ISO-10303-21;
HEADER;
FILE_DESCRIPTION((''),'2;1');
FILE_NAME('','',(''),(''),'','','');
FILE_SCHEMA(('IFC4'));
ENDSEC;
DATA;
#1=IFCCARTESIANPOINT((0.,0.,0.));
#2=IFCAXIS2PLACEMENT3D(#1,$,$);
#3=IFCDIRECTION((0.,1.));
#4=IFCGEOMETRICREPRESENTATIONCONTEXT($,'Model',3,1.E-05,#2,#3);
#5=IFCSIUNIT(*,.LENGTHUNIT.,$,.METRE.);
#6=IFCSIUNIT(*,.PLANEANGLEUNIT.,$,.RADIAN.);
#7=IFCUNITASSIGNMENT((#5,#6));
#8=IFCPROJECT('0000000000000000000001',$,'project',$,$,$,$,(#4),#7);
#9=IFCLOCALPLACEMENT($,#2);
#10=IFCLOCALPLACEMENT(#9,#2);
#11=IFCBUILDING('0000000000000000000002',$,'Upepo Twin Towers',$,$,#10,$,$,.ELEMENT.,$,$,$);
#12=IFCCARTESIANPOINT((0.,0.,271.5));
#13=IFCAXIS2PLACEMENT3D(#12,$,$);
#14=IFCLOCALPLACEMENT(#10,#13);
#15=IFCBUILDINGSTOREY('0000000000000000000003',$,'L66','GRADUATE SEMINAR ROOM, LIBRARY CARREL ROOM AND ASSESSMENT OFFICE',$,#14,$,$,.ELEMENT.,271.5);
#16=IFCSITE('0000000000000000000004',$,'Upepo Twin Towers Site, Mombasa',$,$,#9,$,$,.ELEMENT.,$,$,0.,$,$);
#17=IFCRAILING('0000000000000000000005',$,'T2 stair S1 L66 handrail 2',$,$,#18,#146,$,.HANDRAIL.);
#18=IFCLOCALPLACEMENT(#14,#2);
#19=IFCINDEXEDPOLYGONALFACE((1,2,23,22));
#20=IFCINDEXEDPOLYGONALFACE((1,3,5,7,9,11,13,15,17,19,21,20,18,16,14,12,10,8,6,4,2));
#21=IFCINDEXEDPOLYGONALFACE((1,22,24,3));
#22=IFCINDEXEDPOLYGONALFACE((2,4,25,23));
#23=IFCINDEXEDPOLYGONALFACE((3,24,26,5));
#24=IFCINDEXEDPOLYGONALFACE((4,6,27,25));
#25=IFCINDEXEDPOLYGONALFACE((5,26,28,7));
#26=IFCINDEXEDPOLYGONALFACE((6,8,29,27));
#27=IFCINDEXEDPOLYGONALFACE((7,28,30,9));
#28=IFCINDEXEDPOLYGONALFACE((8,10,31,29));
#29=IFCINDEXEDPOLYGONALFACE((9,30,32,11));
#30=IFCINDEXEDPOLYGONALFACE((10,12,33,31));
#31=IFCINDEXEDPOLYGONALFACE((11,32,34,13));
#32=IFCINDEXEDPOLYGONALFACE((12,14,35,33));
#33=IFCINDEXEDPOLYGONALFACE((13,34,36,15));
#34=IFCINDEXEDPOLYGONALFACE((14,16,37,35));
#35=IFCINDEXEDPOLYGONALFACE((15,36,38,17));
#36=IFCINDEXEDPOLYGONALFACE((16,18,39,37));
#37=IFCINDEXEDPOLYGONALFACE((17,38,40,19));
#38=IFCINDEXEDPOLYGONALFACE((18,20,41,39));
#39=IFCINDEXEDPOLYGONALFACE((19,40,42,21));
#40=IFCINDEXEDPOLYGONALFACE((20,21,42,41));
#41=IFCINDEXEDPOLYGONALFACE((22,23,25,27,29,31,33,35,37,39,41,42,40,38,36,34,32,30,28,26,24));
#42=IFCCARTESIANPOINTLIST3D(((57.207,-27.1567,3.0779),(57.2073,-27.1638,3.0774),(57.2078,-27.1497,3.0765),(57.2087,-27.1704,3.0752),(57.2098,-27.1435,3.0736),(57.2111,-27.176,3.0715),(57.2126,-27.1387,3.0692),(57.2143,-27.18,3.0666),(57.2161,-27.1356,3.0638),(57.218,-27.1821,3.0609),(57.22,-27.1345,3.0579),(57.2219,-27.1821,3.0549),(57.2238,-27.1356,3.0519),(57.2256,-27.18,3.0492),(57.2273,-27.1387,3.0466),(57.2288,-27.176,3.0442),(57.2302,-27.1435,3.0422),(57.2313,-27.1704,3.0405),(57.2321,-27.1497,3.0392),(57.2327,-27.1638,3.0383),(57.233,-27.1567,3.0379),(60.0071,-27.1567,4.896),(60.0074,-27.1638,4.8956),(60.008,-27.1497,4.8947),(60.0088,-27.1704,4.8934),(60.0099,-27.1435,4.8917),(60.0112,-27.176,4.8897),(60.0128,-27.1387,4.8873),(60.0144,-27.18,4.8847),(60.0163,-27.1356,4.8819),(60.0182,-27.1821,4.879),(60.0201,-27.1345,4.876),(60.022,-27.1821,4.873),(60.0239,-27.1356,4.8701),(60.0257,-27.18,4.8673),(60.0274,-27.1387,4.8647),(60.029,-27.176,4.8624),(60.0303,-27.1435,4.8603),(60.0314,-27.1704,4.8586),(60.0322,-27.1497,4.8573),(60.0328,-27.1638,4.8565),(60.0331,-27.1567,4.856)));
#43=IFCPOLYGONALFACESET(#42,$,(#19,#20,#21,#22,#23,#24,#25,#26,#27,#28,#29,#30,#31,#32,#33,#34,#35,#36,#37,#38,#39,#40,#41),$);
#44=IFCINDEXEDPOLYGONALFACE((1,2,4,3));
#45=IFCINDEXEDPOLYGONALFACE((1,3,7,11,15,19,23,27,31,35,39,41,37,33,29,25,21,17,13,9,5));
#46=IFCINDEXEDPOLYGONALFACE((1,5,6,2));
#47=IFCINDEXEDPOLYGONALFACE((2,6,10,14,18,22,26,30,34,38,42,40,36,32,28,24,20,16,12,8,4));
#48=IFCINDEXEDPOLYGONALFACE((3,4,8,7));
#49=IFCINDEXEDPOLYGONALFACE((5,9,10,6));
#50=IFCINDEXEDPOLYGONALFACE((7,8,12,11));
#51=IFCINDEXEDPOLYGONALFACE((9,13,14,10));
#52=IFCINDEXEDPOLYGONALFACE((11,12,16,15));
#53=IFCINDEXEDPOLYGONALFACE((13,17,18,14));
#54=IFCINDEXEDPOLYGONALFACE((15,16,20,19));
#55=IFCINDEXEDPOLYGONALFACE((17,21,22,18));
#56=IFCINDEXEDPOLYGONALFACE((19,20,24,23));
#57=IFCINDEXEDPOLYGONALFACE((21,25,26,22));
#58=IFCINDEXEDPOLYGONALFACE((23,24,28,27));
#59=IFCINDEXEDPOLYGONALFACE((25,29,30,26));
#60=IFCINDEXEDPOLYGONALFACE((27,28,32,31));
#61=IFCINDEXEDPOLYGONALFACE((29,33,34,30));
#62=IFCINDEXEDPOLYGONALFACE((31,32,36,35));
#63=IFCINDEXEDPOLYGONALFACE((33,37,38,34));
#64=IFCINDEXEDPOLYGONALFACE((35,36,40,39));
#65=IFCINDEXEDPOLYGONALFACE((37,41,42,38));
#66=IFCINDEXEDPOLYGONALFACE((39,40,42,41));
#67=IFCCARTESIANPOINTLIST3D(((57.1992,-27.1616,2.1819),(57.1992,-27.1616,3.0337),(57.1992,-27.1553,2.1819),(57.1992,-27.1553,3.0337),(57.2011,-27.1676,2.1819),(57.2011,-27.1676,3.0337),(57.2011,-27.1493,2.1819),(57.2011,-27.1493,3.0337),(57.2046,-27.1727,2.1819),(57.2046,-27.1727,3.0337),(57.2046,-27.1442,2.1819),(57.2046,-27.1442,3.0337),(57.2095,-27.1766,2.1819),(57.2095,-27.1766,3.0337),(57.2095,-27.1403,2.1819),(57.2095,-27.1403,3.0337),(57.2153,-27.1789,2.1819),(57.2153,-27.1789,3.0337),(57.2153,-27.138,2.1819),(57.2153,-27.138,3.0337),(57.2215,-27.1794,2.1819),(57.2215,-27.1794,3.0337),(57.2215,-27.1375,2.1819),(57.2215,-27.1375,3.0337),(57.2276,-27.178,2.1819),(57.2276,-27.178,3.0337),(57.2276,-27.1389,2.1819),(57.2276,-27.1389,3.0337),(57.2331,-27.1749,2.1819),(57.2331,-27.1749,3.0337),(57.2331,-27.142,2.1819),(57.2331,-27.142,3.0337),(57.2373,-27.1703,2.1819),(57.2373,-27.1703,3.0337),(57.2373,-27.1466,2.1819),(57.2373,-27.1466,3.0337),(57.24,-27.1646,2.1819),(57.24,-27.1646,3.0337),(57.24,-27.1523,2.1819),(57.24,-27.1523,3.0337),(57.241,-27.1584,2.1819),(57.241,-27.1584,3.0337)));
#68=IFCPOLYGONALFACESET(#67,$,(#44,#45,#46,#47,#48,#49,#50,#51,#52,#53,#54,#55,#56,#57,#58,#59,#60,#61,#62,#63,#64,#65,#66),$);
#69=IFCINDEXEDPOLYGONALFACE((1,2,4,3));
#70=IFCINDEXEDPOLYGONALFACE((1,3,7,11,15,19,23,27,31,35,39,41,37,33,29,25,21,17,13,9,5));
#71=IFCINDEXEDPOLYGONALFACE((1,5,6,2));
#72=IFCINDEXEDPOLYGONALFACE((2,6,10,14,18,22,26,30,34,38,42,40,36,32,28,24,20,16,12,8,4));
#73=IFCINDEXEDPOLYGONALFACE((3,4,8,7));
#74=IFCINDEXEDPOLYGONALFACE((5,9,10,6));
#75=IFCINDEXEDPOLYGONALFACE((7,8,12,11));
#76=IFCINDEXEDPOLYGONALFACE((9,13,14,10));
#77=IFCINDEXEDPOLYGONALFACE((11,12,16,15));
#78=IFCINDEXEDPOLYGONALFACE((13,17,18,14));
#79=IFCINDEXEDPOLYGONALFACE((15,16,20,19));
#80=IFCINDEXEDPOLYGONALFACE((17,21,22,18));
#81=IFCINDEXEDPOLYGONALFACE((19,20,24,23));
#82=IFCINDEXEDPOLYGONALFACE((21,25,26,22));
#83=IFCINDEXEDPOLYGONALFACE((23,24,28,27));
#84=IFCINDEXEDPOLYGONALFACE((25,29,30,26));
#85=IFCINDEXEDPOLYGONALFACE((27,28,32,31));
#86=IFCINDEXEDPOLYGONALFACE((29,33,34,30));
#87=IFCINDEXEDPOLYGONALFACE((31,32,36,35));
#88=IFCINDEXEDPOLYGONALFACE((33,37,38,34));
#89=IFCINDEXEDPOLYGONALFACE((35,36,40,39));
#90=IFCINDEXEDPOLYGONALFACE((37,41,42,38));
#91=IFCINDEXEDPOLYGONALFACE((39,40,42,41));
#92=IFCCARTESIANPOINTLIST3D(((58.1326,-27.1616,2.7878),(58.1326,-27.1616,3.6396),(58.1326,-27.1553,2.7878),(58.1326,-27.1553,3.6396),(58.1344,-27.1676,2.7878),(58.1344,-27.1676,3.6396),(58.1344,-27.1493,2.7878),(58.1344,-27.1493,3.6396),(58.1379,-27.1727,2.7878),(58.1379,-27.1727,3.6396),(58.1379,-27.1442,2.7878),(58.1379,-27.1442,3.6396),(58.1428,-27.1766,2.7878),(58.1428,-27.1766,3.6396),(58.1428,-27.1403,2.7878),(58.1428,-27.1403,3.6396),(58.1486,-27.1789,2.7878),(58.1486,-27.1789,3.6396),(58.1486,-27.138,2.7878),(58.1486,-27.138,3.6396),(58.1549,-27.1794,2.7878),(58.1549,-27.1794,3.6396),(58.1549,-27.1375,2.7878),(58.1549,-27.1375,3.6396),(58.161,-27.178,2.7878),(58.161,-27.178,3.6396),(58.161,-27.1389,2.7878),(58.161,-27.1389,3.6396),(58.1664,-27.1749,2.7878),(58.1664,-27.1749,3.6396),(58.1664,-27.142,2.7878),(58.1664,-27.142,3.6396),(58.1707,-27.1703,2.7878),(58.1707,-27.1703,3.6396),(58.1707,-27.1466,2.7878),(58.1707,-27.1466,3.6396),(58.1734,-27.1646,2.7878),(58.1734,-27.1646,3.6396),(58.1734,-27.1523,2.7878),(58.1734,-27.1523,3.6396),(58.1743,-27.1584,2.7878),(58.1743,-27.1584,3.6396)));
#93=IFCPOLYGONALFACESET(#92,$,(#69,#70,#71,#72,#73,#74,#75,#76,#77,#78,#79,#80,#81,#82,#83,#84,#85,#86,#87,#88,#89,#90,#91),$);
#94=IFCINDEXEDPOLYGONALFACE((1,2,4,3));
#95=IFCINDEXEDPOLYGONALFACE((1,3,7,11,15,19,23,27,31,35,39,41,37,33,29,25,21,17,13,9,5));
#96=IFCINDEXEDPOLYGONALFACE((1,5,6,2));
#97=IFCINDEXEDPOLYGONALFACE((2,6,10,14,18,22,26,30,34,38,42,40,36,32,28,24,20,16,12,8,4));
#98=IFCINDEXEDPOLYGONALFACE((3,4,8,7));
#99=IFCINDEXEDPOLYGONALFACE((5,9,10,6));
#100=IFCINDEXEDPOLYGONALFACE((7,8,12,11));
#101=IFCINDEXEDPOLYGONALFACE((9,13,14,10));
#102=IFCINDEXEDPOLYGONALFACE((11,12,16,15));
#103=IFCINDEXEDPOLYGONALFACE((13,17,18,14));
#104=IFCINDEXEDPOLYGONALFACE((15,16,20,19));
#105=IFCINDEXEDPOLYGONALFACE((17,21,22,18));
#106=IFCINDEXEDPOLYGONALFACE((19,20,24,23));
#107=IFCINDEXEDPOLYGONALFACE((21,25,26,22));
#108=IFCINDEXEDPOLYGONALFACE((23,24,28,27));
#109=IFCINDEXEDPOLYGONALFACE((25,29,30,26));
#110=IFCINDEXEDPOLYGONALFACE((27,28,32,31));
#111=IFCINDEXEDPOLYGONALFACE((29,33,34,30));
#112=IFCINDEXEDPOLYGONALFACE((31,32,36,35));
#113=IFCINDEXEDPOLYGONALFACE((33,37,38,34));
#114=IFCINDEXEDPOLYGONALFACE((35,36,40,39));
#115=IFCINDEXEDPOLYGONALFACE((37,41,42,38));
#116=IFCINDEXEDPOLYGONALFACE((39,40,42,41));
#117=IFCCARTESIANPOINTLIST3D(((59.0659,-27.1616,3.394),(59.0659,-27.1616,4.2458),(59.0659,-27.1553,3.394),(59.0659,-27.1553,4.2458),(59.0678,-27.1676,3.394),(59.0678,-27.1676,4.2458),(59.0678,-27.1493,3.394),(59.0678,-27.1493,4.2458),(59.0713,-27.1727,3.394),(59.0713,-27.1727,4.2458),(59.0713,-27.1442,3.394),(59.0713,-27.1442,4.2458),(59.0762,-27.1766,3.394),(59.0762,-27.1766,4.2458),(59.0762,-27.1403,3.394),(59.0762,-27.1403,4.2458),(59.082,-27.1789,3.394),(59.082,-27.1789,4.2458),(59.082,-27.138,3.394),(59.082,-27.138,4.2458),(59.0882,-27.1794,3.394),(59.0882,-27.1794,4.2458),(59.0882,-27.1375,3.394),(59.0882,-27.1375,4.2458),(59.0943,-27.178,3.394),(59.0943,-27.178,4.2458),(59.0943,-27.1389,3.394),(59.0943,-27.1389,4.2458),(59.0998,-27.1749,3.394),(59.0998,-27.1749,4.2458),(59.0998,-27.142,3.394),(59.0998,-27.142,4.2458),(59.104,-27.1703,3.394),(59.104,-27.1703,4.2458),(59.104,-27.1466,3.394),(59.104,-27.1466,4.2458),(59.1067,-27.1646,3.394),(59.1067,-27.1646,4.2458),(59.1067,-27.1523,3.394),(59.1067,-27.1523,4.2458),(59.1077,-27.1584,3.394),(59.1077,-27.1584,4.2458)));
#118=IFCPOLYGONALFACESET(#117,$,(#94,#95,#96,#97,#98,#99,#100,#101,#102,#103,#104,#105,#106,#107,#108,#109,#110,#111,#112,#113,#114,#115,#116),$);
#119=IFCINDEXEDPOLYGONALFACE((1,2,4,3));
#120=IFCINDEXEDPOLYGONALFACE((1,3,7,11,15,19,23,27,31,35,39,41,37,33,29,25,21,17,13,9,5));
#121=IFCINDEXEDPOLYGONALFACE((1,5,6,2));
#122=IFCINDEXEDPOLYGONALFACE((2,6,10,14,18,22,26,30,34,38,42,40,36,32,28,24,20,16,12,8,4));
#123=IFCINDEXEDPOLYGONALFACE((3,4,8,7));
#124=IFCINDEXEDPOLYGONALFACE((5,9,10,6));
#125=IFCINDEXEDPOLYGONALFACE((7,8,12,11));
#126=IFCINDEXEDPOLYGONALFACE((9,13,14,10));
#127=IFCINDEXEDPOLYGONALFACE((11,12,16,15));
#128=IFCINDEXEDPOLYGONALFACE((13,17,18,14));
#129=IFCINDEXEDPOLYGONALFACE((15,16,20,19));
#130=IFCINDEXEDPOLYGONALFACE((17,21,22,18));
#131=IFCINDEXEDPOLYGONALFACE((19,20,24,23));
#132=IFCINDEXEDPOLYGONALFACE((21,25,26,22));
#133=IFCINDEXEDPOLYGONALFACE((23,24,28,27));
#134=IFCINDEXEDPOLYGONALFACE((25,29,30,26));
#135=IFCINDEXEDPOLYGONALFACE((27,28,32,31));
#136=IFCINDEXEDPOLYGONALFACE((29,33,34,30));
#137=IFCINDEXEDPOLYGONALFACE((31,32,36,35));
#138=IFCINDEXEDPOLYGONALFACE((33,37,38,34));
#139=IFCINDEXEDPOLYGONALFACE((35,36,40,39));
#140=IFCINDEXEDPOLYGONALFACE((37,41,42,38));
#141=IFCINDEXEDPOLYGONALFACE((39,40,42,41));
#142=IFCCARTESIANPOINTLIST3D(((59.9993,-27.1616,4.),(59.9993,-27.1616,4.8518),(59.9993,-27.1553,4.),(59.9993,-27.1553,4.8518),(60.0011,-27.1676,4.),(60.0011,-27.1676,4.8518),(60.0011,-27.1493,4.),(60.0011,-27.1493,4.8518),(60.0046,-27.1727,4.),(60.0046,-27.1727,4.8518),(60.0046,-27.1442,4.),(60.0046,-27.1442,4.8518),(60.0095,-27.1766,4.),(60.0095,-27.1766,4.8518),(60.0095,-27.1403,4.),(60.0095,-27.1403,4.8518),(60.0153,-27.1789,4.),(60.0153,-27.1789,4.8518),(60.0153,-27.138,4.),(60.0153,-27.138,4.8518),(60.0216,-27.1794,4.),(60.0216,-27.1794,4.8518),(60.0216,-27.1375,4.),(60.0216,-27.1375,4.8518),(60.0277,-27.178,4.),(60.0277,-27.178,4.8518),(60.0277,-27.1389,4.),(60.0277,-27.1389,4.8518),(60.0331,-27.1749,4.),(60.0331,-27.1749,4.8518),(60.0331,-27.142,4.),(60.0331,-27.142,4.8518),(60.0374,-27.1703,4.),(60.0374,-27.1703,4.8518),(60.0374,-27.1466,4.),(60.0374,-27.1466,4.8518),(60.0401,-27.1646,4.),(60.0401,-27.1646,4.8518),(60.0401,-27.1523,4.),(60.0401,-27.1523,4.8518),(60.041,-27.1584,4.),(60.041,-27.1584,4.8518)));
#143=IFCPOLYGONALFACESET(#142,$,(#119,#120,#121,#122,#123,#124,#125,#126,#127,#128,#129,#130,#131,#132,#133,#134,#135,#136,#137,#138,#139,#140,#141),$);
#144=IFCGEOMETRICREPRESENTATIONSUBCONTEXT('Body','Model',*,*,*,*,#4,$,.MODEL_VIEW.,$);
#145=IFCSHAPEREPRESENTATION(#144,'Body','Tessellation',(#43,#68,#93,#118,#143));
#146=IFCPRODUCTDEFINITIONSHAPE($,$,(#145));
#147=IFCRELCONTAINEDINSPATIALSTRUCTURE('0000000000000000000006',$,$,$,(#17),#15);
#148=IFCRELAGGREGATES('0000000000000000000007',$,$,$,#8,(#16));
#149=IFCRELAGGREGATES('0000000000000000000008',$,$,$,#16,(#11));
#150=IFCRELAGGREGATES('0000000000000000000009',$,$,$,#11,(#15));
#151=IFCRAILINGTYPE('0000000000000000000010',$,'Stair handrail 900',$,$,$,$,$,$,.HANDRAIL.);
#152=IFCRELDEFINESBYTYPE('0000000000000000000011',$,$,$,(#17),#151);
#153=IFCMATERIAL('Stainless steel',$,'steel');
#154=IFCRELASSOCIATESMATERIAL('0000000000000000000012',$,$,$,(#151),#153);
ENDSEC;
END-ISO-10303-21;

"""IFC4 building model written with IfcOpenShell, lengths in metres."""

from ifc_helpers import new_model, si_unit, direction, frame, origin, origin_2d, place, context, subcontext, project, spatial, circle, extrude, material, type_object, element, save


model = new_model("IFC4")

# Units and contexts
model_context = context("Model", 3, precision=1e-05, world=origin(), true_north=direction((0.0, 1.0)))
body_context = subcontext(model_context, "Body", "Model", "MODEL_VIEW")
ifc_project = project(units=[si_unit("LENGTHUNIT", "METRE"), si_unit("PLANEANGLEUNIT", "RADIAN")], contexts=[model_context])

# Site, building, storey
site_placement = place(None, origin())
site = spatial("IfcSite", under=ifc_project, at=site_placement, Name="Upepo Twin Towers Site, Mombasa", CompositionType="ELEMENT", RefElevation=0.0)
building_placement = place(site_placement, origin())
building = spatial("IfcBuilding", under=site, at=building_placement, Name="Upepo Twin Towers", CompositionType="ELEMENT")
storey_placement = place(building_placement, frame((0.0, 0.0, 271.5)))
storey = spatial("IfcBuildingStorey", under=building, at=storey_placement, Name="L66", Description="GRADUATE SEMINAR ROOM, LIBRARY CARREL ROOM AND ASSESSMENT OFFICE", CompositionType="ELEMENT", Elevation=271.5)

# Railing
ifc_material_1 = material(Name="Stainless steel", Category="steel")
railing_type = type_object("IfcRailingType", Name="Stair handrail 900", PredefinedType="HANDRAIL", material=ifc_material_1)
railing_1_placement = place(storey_placement, frame((57.22, -27.1584, 2.1819)))
element("IfcRailing", 1, at=railing_1_placement, inside=storey, type_object=railing_type, Name="T2 stair S1 L66 handrail 2", PredefinedType="HANDRAIL", context=body_context, shape_type="SweptSolid", body=[
    extrude(circle(Radius=0.0239, at=origin_2d()), frame((0.0, 0.0, 0.876), z_axis=(0.838706, 0.0, 0.544585), x_axis=(0.0, 1.0, 0.0)), (0.0, 0.0, 1.0), 3.3386),
    extrude(circle(Radius=0.021, at=origin_2d()), origin(), (0.0, 0.0, 1.0), 0.8518),
    extrude(circle(Radius=0.021, at=origin_2d()), frame((0.9333, 0.0, 0.606)), (0.0, 0.0, 1.0), 0.8518),
    extrude(circle(Radius=0.021, at=origin_2d()), frame((1.8667, 0.0, 1.2122)), (0.0, 0.0, 1.0), 0.8518),
    extrude(circle(Radius=0.021, at=origin_2d()), frame((2.8, 0.0, 1.8181)), (0.0, 0.0, 1.0), 0.8518),
])

save(model, "model.ifc")
